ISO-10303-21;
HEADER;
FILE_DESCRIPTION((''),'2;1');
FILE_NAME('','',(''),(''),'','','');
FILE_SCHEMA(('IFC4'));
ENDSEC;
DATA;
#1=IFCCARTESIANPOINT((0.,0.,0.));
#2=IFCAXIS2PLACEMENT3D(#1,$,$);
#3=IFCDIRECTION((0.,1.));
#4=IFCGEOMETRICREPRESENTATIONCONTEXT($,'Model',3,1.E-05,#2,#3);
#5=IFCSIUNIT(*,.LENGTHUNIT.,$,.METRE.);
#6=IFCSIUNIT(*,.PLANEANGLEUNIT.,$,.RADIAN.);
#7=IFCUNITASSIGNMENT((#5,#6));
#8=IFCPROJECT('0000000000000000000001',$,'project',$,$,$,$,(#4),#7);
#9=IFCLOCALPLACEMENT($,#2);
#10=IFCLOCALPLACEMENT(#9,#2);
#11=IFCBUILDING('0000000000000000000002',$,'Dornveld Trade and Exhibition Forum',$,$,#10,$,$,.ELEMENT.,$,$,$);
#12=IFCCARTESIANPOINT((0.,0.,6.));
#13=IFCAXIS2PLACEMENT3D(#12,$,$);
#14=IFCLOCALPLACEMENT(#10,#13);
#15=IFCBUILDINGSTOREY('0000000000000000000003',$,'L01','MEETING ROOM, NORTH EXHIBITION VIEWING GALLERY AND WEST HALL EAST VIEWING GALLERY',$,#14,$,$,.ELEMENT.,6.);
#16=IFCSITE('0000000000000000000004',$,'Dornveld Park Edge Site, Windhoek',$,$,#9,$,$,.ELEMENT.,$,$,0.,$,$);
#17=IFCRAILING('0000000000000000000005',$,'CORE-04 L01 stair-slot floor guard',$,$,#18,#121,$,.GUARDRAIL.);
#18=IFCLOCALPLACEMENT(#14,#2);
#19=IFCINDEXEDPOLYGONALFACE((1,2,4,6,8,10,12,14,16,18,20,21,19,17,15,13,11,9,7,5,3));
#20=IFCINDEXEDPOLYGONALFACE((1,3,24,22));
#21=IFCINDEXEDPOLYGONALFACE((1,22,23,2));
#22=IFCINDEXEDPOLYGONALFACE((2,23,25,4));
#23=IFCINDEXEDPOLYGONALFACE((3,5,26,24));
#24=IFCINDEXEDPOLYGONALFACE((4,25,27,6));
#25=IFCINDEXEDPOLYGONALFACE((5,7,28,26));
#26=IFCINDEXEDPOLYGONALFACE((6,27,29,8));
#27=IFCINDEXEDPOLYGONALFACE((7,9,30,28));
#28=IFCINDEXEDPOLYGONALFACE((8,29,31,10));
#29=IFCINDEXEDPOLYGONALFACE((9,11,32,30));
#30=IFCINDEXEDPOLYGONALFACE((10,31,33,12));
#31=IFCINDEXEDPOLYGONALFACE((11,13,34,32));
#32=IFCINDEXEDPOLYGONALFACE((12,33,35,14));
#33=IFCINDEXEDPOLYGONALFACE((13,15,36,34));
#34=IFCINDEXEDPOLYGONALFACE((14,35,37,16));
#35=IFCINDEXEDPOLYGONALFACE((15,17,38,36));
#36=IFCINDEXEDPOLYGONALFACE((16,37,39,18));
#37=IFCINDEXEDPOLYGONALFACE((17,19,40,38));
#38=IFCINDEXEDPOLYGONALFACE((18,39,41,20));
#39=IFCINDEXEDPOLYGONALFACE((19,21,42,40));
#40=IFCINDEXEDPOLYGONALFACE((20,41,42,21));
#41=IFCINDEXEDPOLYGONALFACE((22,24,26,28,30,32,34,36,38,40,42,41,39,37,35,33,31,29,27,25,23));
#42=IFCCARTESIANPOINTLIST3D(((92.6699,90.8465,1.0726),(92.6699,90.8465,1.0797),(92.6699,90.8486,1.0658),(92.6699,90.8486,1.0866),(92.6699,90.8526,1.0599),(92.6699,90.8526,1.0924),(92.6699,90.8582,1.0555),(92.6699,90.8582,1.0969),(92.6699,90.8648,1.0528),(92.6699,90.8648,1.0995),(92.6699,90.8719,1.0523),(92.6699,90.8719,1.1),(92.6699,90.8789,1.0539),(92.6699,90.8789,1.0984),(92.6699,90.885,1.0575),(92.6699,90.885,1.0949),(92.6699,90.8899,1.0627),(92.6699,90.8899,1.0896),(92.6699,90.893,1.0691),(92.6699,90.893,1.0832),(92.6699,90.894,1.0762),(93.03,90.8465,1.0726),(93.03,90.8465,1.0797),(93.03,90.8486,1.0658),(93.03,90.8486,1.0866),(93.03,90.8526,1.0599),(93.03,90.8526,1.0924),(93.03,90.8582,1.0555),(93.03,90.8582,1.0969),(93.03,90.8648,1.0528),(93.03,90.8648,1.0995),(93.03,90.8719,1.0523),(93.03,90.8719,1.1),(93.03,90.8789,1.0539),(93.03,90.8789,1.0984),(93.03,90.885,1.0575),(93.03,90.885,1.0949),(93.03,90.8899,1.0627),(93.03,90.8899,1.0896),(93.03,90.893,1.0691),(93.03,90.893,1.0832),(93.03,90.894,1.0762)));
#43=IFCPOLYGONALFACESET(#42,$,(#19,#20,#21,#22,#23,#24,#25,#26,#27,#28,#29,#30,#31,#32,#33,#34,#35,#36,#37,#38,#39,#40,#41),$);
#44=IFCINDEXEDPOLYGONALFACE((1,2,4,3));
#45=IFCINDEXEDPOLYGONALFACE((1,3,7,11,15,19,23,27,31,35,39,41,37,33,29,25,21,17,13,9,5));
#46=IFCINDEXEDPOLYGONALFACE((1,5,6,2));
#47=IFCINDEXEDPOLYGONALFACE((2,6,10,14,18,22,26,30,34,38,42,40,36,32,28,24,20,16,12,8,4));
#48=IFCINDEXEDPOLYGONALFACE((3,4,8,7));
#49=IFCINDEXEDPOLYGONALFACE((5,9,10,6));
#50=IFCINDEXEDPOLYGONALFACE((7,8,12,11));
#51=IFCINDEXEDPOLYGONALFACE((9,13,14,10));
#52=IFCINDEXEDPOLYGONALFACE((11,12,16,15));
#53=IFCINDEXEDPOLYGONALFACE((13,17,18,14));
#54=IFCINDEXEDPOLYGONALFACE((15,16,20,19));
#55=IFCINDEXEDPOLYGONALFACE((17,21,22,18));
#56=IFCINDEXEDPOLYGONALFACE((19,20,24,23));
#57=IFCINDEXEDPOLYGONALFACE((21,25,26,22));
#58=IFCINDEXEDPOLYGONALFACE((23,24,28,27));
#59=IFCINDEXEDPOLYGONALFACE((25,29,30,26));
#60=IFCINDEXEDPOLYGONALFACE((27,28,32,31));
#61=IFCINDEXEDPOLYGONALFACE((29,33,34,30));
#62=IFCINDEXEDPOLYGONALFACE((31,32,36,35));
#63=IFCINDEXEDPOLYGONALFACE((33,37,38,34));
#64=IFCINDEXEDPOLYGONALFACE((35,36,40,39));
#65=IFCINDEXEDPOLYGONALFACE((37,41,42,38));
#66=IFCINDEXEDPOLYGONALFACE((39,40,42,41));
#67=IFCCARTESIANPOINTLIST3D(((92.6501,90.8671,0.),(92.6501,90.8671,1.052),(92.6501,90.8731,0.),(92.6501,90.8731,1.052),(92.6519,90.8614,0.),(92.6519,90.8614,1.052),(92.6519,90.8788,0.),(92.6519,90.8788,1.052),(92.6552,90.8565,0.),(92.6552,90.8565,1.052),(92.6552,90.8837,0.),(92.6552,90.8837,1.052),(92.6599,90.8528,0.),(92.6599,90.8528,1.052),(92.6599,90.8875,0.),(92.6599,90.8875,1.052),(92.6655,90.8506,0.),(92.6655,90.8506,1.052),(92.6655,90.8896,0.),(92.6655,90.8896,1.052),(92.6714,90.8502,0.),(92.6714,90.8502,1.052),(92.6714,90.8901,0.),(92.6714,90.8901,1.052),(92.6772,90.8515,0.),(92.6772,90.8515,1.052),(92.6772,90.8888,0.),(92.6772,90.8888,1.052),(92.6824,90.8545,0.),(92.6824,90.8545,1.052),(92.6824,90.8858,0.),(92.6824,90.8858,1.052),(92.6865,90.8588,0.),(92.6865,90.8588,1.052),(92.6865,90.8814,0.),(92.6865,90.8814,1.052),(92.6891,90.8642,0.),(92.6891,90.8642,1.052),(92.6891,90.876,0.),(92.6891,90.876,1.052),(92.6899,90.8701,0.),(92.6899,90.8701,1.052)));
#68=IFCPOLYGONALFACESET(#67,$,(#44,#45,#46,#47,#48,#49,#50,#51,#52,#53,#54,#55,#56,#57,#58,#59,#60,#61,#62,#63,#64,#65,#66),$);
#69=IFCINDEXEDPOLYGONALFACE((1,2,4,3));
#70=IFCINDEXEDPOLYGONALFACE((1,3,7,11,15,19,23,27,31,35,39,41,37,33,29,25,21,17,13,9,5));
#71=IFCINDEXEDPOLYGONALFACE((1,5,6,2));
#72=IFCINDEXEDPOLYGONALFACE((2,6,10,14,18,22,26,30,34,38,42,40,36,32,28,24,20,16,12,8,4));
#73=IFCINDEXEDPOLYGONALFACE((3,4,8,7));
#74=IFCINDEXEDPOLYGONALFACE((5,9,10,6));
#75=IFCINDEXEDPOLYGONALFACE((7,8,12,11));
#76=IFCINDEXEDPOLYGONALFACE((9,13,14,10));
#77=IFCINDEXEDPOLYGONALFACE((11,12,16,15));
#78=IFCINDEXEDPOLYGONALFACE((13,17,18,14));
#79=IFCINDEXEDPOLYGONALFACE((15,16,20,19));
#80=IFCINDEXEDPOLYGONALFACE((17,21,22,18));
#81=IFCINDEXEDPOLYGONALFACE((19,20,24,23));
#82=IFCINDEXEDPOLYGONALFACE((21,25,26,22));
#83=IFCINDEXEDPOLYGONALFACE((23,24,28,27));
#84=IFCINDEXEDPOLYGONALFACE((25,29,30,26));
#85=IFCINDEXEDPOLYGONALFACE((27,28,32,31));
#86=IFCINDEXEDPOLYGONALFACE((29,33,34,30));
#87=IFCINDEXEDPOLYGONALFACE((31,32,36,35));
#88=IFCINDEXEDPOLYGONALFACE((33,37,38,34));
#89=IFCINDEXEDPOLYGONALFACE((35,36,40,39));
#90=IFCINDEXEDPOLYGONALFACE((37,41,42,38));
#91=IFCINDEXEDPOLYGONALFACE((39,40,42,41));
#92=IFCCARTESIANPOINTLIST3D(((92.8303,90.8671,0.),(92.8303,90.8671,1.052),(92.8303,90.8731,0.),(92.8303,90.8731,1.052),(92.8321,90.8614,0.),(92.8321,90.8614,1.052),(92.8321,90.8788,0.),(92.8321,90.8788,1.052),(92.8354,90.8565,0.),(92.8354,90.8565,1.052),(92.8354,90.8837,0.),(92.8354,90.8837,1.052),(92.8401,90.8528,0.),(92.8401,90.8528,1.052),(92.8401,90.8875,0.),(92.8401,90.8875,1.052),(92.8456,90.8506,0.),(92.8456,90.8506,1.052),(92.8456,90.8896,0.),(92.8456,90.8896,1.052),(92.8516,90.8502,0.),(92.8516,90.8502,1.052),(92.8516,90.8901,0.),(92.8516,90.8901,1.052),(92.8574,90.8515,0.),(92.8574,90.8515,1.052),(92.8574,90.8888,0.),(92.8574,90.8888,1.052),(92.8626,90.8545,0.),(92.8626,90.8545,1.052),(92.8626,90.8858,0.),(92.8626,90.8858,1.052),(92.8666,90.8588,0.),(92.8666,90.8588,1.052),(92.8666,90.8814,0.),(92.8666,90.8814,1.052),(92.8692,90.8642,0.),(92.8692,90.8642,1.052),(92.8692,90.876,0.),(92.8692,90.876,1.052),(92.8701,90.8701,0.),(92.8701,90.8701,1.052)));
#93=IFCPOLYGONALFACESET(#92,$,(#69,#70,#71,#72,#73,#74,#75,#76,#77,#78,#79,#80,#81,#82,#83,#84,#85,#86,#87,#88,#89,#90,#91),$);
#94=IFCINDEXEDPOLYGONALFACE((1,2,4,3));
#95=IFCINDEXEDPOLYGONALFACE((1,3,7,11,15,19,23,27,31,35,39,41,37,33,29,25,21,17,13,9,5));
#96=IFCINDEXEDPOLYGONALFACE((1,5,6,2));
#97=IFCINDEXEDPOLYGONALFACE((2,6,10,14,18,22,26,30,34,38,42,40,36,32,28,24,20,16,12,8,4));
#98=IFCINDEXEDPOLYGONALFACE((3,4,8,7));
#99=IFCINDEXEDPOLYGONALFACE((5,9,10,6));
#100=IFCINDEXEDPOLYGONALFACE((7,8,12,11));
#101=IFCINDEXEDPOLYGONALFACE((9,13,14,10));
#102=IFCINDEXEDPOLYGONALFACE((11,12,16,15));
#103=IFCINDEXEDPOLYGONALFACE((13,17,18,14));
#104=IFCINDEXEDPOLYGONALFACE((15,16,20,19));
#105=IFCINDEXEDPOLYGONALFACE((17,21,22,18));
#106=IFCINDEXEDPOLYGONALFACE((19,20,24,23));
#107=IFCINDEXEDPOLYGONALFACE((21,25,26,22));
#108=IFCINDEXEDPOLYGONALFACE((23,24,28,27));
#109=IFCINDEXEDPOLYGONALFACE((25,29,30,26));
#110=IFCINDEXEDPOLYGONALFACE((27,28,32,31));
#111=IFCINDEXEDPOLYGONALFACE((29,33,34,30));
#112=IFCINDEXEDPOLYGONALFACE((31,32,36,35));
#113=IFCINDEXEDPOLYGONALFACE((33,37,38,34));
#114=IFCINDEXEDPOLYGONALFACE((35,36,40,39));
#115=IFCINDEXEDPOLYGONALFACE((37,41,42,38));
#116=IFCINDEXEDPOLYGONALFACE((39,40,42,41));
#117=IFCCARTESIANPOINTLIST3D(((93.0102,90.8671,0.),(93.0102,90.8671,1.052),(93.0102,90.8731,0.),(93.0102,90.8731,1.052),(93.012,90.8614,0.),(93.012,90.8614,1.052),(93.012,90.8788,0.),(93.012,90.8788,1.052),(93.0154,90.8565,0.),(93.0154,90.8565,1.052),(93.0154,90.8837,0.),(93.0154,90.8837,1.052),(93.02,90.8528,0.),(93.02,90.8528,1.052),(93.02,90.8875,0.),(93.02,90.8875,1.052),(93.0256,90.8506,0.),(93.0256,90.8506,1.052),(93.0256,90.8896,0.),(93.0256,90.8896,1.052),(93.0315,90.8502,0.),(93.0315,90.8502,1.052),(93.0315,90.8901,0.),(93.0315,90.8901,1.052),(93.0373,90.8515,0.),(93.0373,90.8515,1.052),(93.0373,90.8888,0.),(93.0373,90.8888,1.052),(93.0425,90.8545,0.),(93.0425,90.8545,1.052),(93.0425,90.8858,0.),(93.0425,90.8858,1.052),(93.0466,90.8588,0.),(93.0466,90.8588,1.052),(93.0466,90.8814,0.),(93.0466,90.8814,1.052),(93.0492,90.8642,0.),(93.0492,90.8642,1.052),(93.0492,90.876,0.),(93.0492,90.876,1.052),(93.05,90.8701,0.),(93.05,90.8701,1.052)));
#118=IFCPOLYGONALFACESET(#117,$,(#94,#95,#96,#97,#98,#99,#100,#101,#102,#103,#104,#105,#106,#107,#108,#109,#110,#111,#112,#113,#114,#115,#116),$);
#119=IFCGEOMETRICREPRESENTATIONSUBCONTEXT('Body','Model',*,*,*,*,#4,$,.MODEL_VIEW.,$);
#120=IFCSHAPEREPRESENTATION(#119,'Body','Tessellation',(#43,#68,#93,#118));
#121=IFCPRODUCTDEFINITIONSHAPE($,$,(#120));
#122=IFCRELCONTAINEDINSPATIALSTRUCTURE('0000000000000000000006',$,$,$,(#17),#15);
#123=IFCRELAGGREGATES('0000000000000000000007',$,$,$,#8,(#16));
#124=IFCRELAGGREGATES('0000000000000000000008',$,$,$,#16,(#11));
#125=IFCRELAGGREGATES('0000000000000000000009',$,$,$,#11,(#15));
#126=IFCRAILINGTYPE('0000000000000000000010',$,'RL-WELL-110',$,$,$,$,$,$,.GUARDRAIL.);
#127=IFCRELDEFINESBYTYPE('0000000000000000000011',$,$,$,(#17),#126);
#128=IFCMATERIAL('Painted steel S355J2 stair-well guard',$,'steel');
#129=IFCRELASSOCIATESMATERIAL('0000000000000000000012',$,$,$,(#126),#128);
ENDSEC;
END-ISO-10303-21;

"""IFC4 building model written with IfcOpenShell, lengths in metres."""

from ifc_helpers import new_model, si_unit, direction, frame, origin, origin_2d, place, context, subcontext, project, spatial, circle, extrude, material, type_object, element, save


model = new_model("IFC4")

# Units and contexts
model_context = context("Model", 3, precision=1e-05, world=origin(), true_north=direction((0.0, 1.0)))
body_context = subcontext(model_context, "Body", "Model", "MODEL_VIEW")
ifc_project = project(units=[si_unit("LENGTHUNIT", "METRE"), si_unit("PLANEANGLEUNIT", "RADIAN")], contexts=[model_context])

# Site, building, storey
site_placement = place(None, origin())
site = spatial("IfcSite", under=ifc_project, at=site_placement, Name="Dornveld Park Edge Site, Windhoek", CompositionType="ELEMENT", RefElevation=0.0)
building_placement = place(site_placement, origin())
building = spatial("IfcBuilding", under=site, at=building_placement, Name="Dornveld Trade and Exhibition Forum", CompositionType="ELEMENT")
storey_placement = place(building_placement, frame((0.0, 0.0, 6.0)))
storey = spatial("IfcBuildingStorey", under=building, at=storey_placement, Name="L01", Description="MEETING ROOM, NORTH EXHIBITION VIEWING GALLERY AND WEST HALL EAST VIEWING GALLERY", CompositionType="ELEMENT", Elevation=6.0)

# Railing
ifc_material_1 = material(Name="Painted steel S355J2 stair-well guard", Category="steel")
railing_type_1 = type_object("IfcRailingType", Name="RL-WELL-110", PredefinedType="GUARDRAIL", material=ifc_material_1)
railing_1_placement = place(storey_placement, frame((92.6699, 90.8701, 0.0)))
element("IfcRailing", 1, at=railing_1_placement, inside=storey, type_object=railing_type_1, Name="CORE-04 L01 stair-slot floor guard", PredefinedType="GUARDRAIL", context=body_context, shape_type="SweptSolid", body=[
    extrude(circle(Radius=0.0239, at=origin_2d()), frame((0.0, 0.0, 1.0762), z_axis=(1.0, 0.0, 0.0), x_axis=(0.0, 1.0, 0.0)), (0.0, 0.0, 1.0), 0.3601),
    extrude(circle(Radius=0.02, at=origin_2d()), origin(), (0.0, 0.0, 1.0), 1.052),
    extrude(circle(Radius=0.02, at=origin_2d()), frame((0.1802, 0.0, 0.0)), (0.0, 0.0, 1.0), 1.052),
    extrude(circle(Radius=0.02, at=origin_2d()), frame((0.3601, 0.0, 0.0)), (0.0, 0.0, 1.0), 1.052),
])

save(model, "model.ifc")
